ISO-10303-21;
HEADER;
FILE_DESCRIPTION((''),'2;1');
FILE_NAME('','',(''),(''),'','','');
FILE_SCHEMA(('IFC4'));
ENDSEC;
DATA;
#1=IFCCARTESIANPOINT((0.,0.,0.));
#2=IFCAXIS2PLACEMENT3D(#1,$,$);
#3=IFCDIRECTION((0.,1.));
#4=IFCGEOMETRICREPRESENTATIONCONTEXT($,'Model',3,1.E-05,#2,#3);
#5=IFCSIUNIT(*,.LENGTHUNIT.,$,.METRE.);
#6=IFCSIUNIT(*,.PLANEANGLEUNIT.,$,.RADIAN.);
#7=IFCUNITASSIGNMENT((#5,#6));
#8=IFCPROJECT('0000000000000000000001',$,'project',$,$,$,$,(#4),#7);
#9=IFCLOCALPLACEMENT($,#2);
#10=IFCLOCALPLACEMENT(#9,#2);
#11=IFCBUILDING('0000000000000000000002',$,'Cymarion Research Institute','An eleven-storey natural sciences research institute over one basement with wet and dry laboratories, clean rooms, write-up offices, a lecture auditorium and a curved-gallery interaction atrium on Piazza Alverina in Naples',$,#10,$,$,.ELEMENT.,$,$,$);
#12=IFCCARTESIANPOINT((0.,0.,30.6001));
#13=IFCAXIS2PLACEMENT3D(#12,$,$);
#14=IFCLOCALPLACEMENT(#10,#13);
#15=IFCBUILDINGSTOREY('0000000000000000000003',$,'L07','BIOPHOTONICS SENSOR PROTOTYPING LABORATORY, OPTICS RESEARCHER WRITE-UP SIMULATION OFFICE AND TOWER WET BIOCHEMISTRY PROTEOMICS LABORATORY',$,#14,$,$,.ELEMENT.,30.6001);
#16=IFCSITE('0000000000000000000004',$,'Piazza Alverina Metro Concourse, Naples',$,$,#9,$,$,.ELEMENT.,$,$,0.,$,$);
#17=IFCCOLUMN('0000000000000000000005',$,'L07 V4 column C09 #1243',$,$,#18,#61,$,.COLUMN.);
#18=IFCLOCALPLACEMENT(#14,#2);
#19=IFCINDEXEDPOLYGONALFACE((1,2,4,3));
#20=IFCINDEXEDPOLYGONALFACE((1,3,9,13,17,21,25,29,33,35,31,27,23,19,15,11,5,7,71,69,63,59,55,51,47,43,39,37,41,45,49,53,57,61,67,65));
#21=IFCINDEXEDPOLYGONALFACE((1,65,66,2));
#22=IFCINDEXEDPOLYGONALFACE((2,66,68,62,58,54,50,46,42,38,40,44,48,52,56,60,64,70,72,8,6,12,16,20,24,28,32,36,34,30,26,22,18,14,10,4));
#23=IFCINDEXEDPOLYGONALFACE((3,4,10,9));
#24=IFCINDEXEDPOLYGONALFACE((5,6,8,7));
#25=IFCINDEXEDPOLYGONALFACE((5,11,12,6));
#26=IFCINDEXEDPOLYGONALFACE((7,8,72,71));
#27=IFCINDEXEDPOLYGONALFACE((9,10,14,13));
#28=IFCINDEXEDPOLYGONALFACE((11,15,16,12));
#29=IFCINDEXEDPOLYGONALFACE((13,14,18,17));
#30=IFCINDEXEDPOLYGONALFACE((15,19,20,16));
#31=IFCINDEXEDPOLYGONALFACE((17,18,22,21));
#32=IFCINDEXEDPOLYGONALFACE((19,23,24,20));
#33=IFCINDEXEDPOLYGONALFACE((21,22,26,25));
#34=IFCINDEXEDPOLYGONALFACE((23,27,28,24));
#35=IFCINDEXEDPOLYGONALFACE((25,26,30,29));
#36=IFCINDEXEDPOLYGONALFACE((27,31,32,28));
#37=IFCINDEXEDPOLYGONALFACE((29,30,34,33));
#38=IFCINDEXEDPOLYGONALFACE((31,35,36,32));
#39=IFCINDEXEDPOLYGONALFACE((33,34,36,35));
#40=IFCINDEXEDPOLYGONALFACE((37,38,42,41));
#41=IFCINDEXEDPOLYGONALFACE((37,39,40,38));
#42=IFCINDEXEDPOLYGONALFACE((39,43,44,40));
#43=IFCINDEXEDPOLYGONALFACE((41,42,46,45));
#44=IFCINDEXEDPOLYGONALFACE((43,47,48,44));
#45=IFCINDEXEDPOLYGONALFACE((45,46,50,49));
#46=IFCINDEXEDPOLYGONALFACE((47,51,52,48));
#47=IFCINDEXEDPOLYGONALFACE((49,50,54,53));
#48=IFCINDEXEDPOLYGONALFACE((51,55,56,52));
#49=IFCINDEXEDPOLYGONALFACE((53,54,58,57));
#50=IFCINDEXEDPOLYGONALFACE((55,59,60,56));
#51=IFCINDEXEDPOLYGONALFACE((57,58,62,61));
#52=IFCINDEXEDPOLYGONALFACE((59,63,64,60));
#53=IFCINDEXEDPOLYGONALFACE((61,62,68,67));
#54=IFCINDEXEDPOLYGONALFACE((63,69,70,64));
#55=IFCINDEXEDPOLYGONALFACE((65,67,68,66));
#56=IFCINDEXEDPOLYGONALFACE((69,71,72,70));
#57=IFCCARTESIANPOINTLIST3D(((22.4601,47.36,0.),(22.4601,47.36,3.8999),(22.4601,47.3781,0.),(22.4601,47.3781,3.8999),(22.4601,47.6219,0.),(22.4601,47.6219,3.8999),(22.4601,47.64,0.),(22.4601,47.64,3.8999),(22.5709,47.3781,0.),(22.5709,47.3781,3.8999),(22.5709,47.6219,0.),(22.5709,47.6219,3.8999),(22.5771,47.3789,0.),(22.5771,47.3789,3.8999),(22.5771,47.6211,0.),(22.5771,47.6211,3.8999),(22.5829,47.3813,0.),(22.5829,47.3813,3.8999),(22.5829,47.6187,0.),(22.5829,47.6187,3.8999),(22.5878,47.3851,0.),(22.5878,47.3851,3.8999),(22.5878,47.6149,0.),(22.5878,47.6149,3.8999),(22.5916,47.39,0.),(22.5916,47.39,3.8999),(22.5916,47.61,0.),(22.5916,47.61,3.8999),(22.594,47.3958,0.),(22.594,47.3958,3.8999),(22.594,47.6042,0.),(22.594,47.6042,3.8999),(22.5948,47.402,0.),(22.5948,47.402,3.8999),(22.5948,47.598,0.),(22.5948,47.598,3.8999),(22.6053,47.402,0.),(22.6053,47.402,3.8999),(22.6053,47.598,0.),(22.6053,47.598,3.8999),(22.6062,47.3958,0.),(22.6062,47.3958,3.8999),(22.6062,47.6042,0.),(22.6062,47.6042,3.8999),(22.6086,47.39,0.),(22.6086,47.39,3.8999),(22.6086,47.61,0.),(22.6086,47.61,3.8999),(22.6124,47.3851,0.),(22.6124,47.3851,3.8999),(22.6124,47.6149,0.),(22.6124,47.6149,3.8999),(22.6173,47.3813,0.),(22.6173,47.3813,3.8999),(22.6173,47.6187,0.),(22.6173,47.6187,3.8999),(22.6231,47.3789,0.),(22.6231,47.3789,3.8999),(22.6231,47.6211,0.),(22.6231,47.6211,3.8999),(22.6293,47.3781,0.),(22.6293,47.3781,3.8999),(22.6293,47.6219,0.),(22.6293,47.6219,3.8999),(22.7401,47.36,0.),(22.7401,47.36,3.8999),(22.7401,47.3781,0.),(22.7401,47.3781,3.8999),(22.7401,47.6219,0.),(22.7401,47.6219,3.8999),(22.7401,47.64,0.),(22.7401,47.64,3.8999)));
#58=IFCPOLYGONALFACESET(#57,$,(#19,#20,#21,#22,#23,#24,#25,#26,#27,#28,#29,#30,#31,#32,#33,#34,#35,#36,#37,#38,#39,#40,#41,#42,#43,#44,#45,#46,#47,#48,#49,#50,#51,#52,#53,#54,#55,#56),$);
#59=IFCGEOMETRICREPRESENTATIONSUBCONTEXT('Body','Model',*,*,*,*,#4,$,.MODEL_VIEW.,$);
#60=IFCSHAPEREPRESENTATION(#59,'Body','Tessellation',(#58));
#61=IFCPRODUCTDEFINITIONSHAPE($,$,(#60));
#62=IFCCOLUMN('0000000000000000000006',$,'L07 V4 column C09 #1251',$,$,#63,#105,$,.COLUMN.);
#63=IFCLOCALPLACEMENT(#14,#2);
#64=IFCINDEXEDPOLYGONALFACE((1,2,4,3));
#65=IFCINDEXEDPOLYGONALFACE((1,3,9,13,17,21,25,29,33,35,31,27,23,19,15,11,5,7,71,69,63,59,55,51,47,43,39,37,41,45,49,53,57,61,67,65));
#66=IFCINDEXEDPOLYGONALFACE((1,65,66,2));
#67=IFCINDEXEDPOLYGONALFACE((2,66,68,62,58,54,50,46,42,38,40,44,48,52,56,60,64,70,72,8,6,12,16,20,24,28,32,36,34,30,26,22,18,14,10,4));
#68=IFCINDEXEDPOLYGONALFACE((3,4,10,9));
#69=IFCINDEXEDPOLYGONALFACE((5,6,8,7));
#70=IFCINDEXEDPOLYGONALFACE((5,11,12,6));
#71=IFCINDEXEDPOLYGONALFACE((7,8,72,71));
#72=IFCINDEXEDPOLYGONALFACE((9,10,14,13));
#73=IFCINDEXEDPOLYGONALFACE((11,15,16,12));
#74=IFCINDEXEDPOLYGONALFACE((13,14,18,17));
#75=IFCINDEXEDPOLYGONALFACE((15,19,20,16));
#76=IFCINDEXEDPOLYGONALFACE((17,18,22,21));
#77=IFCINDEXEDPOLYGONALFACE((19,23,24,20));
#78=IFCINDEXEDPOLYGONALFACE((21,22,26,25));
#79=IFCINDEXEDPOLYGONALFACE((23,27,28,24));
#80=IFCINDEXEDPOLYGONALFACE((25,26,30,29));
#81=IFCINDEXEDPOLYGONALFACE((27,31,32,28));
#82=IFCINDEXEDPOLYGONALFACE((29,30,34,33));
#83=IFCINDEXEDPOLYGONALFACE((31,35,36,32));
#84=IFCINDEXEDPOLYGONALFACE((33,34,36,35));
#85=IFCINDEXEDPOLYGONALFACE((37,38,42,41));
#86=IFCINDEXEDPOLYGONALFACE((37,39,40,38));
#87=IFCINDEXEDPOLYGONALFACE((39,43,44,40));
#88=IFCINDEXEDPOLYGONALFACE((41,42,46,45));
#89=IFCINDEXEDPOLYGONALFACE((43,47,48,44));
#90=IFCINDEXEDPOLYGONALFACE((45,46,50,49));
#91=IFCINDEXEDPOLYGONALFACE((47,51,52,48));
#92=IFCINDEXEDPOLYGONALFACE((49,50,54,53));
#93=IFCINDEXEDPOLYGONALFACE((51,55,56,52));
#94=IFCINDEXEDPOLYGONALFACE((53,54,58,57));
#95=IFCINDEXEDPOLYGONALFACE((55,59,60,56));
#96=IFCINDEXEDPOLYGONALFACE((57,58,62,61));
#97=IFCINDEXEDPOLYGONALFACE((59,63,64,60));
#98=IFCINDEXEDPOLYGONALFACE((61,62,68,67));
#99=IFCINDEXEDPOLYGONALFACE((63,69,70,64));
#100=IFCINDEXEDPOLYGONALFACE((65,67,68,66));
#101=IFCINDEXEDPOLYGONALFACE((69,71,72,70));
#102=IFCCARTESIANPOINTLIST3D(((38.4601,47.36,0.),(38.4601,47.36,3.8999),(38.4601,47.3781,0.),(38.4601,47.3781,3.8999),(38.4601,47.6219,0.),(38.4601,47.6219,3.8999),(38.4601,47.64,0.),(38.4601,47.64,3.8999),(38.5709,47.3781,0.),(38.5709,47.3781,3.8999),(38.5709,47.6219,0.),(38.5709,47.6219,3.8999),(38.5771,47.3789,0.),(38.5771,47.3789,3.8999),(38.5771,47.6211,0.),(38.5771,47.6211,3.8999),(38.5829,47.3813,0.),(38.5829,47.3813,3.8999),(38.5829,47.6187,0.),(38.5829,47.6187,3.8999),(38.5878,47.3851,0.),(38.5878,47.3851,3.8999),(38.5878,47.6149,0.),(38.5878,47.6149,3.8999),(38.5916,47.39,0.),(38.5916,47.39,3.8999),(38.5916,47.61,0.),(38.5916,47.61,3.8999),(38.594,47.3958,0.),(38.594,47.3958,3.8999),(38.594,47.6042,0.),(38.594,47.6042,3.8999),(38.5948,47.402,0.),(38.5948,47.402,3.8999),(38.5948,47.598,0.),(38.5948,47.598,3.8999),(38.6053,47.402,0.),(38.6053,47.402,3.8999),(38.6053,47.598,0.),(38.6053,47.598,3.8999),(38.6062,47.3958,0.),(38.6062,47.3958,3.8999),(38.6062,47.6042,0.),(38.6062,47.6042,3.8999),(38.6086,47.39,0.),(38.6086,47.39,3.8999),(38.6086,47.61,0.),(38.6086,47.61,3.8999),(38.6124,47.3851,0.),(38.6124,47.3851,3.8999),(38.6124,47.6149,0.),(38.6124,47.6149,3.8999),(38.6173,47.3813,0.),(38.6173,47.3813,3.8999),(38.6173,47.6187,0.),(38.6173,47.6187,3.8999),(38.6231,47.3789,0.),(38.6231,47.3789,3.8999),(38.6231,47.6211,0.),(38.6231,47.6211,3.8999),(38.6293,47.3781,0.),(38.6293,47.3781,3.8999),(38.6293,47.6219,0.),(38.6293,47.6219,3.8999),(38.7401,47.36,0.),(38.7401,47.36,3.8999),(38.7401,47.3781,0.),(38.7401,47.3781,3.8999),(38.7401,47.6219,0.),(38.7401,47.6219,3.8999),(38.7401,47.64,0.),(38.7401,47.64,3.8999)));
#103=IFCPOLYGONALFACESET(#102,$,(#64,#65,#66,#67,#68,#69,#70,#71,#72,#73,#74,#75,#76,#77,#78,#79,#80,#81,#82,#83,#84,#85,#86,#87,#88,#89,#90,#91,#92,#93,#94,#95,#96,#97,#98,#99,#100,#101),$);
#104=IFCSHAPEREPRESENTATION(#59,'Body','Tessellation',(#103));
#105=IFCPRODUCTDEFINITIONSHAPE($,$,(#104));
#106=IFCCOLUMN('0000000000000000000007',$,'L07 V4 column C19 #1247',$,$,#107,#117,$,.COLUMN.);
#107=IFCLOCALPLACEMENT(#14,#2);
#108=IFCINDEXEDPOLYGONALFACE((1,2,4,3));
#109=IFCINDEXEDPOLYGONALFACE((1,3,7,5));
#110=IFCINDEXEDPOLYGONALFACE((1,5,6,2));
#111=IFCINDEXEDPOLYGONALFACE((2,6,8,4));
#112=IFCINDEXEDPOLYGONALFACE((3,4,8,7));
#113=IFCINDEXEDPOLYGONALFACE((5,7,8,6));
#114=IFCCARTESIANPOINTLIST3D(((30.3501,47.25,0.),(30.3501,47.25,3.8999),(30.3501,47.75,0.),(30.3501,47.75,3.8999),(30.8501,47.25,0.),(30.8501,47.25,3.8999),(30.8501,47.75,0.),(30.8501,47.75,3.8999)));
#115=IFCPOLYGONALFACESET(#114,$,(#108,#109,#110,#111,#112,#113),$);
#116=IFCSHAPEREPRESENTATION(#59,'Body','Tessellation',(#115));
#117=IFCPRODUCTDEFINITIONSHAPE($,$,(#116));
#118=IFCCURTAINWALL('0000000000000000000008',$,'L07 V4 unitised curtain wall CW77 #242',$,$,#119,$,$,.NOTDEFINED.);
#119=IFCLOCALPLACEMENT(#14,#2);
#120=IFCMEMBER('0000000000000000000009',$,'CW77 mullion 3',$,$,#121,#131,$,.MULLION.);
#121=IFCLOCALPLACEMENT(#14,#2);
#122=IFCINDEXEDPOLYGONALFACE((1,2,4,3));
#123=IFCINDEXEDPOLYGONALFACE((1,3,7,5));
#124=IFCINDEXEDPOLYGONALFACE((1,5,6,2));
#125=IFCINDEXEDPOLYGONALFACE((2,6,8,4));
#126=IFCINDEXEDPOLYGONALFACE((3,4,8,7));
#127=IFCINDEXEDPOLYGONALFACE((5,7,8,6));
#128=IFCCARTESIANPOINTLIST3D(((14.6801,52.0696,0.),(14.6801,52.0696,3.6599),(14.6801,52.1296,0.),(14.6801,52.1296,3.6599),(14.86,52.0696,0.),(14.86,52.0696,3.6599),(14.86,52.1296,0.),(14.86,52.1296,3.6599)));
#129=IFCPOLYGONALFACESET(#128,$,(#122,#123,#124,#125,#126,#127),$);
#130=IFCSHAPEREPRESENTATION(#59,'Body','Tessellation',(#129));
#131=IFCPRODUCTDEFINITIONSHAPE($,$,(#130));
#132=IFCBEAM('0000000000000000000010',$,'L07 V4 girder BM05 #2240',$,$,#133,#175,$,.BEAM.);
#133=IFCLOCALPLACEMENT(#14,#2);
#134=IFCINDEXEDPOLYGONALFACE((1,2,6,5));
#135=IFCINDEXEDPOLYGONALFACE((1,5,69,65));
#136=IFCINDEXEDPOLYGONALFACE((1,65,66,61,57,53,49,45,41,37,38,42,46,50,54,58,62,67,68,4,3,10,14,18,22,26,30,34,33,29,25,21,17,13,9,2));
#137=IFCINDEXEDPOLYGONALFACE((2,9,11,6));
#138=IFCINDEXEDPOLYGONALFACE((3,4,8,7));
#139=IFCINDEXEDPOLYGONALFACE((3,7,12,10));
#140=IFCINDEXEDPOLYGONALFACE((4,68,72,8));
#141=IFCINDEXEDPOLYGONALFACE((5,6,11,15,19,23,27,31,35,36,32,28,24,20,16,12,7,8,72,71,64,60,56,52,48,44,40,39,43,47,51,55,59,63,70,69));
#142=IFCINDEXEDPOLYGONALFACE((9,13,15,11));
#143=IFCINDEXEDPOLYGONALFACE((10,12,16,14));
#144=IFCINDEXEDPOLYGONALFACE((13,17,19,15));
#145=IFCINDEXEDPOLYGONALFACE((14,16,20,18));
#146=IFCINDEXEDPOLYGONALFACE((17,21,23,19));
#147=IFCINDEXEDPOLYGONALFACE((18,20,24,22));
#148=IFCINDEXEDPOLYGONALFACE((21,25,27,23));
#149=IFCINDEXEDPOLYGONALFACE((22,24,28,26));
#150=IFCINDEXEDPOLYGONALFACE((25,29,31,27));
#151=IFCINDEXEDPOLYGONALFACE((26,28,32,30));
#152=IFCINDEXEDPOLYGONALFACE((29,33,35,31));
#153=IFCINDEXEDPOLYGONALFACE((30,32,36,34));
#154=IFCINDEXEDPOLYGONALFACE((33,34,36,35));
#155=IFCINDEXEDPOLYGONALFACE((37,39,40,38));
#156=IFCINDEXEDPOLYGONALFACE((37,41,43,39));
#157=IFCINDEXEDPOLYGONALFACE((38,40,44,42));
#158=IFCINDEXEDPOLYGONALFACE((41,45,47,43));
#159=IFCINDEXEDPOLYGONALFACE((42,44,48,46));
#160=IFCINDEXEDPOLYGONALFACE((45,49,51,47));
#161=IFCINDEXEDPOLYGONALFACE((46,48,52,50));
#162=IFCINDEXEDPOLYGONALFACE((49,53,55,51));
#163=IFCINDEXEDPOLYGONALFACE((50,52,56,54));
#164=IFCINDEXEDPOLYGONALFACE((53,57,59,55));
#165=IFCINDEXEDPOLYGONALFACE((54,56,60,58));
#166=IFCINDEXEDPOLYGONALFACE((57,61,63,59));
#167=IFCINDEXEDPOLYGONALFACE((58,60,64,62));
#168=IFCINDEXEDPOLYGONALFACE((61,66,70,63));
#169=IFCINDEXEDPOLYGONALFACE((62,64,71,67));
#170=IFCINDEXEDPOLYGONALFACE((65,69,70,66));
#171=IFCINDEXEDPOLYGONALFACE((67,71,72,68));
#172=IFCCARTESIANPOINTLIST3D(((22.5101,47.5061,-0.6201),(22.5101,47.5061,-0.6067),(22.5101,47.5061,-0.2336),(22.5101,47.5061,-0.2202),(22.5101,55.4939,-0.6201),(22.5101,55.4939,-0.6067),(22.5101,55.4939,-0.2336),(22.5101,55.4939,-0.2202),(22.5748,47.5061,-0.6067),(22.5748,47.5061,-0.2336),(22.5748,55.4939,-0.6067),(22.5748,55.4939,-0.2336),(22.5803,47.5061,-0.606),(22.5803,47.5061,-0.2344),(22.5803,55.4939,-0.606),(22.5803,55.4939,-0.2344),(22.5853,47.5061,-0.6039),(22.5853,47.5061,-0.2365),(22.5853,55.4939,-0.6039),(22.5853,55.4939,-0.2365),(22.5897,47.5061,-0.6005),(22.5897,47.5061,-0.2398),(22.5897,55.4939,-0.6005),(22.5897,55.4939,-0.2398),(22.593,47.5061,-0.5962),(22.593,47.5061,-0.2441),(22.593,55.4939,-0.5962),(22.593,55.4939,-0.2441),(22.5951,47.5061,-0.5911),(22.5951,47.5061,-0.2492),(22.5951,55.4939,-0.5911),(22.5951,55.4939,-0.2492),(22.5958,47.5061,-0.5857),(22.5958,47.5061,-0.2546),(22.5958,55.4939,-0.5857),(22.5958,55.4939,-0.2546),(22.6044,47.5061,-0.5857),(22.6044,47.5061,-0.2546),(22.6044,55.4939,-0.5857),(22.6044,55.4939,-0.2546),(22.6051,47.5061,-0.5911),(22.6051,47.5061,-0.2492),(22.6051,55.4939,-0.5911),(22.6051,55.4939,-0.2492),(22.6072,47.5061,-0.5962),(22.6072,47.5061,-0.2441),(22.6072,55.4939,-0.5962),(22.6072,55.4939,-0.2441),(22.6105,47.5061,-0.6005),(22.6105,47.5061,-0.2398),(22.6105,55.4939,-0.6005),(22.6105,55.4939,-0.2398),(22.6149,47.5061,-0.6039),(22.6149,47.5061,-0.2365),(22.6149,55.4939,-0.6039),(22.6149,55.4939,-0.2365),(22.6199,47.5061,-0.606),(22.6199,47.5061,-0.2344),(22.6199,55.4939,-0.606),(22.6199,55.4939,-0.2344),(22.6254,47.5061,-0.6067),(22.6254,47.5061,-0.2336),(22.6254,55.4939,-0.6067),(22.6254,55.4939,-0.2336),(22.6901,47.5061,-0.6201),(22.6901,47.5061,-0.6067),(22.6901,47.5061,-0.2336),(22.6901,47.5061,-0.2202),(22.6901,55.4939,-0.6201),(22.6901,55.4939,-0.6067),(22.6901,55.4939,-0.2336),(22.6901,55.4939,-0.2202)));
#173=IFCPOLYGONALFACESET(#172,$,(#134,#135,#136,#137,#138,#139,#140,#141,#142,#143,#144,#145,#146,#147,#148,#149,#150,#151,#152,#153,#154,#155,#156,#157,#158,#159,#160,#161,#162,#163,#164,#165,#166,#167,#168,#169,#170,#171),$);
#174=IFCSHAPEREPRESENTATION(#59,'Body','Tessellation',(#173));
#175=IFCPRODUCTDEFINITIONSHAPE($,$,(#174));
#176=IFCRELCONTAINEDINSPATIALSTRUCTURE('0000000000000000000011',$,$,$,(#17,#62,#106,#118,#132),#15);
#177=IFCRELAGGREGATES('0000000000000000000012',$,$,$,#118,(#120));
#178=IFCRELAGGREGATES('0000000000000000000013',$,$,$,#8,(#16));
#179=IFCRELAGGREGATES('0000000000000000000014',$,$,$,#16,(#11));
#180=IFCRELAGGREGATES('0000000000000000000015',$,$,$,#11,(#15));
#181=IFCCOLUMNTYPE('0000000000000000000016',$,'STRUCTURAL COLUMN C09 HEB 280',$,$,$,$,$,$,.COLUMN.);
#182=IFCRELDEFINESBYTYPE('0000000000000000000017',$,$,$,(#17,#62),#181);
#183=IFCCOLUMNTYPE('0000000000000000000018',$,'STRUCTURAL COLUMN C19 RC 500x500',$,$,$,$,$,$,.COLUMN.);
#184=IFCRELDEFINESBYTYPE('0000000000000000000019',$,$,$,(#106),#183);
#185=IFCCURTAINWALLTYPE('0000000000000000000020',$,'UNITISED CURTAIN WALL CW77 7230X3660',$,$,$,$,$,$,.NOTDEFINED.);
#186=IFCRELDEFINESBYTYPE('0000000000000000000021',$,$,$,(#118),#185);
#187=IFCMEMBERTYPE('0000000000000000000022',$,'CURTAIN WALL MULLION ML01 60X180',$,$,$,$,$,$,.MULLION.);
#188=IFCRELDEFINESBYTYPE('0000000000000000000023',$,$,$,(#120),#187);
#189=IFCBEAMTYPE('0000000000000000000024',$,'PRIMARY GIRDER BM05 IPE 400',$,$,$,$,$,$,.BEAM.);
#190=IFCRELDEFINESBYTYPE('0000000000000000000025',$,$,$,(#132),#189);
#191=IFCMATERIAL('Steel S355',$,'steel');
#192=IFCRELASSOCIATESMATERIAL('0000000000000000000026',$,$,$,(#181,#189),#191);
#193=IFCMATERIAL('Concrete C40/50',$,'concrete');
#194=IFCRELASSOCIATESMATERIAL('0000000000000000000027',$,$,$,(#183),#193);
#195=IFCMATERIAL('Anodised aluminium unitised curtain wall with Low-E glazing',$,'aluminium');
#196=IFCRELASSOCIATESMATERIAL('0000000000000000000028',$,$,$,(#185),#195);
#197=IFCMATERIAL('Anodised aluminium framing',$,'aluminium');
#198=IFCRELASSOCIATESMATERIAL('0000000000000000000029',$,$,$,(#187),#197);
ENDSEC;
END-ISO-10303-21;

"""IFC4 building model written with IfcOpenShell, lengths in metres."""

from ifc_helpers import new_model, si_unit, direction, frame, origin, origin_2d, place, context, subcontext, project, spatial, rectangle, i_section, extrude, material, material_profile, profile_set, type_object, element, aggregate, save


model = new_model("IFC4")

# Units and contexts
model_context = context("Model", 3, precision=1e-05, world=origin(), true_north=direction((0.0, 1.0)))
body_context = subcontext(model_context, "Body", "Model", "MODEL_VIEW")
ifc_project = project(units=[si_unit("LENGTHUNIT", "METRE"), si_unit("PLANEANGLEUNIT", "RADIAN")], contexts=[model_context])

# Site, building, storey
site_placement = place(None, origin())
site = spatial("IfcSite", under=ifc_project, at=site_placement, Name="Piazza Alverina Metro Concourse, Naples", CompositionType="ELEMENT", RefElevation=0.0)
building_placement = place(site_placement, origin())
building = spatial("IfcBuilding", under=site, at=building_placement, Name="Cymarion Research Institute", Description="An eleven-storey natural sciences research institute over one basement with wet and dry laboratories, clean rooms, write-up offices, a lecture auditorium and a curved-gallery interaction atrium on Piazza Alverina in Naples", CompositionType="ELEMENT")
storey_placement = place(building_placement, frame((0.0, 0.0, 30.6001)))
storey = spatial("IfcBuildingStorey", under=building, at=storey_placement, Name="L07", Description="BIOPHOTONICS SENSOR PROTOTYPING LABORATORY, OPTICS RESEARCHER WRITE-UP SIMULATION OFFICE AND TOWER WET BIOCHEMISTRY PROTEOMICS LABORATORY", CompositionType="ELEMENT", Elevation=30.6001)

# Columns
ifc_material_1 = material(Name="Steel S355", Category="steel")
ifc_material_profile_1 = material_profile(ifc_material_1, i_section(OverallWidth=0.28, OverallDepth=0.28, WebThickness=0.0105, FlangeThickness=0.0181, FilletRadius=0.0239, at=origin_2d()), Name="HEB 280")
ifc_profile_set_1 = profile_set([ifc_material_profile_1], Name="Steel S355")
column_type_1 = type_object("IfcColumnType", Name="STRUCTURAL COLUMN C09 HEB 280", PredefinedType="COLUMN", material=ifc_profile_set_1)
for number, where, z_axis, x_axis, name in (
    (1, (22.6001, 47.5, 0.0), (0.0, 0.0, 1.0), (1.0, 0.0, 0.0), "L07 V4 column C09 #1243"),
    (2, (38.6001, 47.5, 0.0), (0.0, 0.0, 1.0), (1.0, 0.0, 0.0), "L07 V4 column C09 #1251"),
):
    element("IfcColumn", number, at=place(storey_placement, frame(where, z_axis=z_axis, x_axis=x_axis)), inside=storey, type_object=column_type_1, Name=name, PredefinedType="COLUMN", context=body_context, shape_type="SweptSolid", body=[
        extrude(i_section(OverallWidth=0.28, OverallDepth=0.28, WebThickness=0.0105, FlangeThickness=0.0181, FilletRadius=0.0239, at=origin_2d()), origin(), (0.0, 0.0, 1.0), 3.8999),
    ])
ifc_material_2 = material(Name="Concrete C40/50", Category="concrete")
ifc_material_profile_2 = material_profile(ifc_material_2, rectangle(XDim=0.5, YDim=0.5, at=origin_2d()), Name="RC 500x500")
ifc_profile_set_2 = profile_set([ifc_material_profile_2], Name="Concrete C40/50")
column_type_2 = type_object("IfcColumnType", Name="STRUCTURAL COLUMN C19 RC 500x500", PredefinedType="COLUMN", material=ifc_profile_set_2)
column_placement = place(storey_placement, frame((30.6001, 47.5, 0.0), z_axis=(0.0, 0.0, 1.0), x_axis=(1.0, 0.0, 0.0)))
element("IfcColumn", 3, at=column_placement, inside=storey, type_object=column_type_2, Name="L07 V4 column C19 #1247", PredefinedType="COLUMN", context=body_context, shape_type="SweptSolid", body=[
    extrude(rectangle(XDim=0.5, YDim=0.5, at=origin_2d()), origin(), (0.0, 0.0, 1.0), 3.8999),
])

# Curtain wall, member
ifc_material_3 = material(Name="Anodised aluminium unitised curtain wall with Low-E glazing", Category="aluminium")
curtain_wall_type = type_object("IfcCurtainWallType", Name="UNITISED CURTAIN WALL CW77 7230X3660", PredefinedType="NOTDEFINED", material=ifc_material_3)
curtain_wall_placement = place(storey_placement, origin())
curtain_wall = element("IfcCurtainWall", 4, at=curtain_wall_placement, inside=storey, type_object=curtain_wall_type, Name="L07 V4 unitised curtain wall CW77 #242", PredefinedType="NOTDEFINED")
ifc_material_4 = material(Name="Anodised aluminium framing", Category="aluminium")
ifc_material_profile_3 = material_profile(ifc_material_4, rectangle(XDim=0.0601, YDim=0.1799, at=origin_2d()), Name="ALU MULLION 60x180")
ifc_profile_set_3 = profile_set([ifc_material_profile_3], Name="Anodised aluminium framing")
member_type_1 = type_object("IfcMemberType", Name="CURTAIN WALL MULLION ML01 60X180", PredefinedType="MULLION", material=ifc_profile_set_3)
member_1_placement = place(storey_placement, frame((14.77, 52.0996, 0.0), z_axis=(0.0, 0.0, 1.0), x_axis=(0.0, -1.0, 0.0)))
member_1 = element("IfcMember", 5, at=member_1_placement, type_object=member_type_1, Name="CW77 mullion 3", PredefinedType="MULLION", context=body_context, shape_type="SweptSolid", body=[
    extrude(rectangle(XDim=0.0601, YDim=0.1799, at=origin_2d()), origin(), (0.0, 0.0, 1.0), 3.6599),
])
aggregate(curtain_wall, [member_1])

# Beam
ifc_material_profile_4 = material_profile(ifc_material_1, i_section(OverallWidth=0.1799, OverallDepth=0.3999, WebThickness=0.0085, FlangeThickness=0.0134, FilletRadius=0.021, at=origin_2d()), Name="IPE 400")
ifc_profile_set_4 = profile_set([ifc_material_profile_4], Name="Steel S355")
beam_type_1 = type_object("IfcBeamType", Name="PRIMARY GIRDER BM05 IPE 400", PredefinedType="BEAM", material=ifc_profile_set_4)
for number, where, z_axis, x_axis, name in (
    (6, (22.6001, 47.5061, -0.4202), (0.0, 1.0, 0.0), (-1.0, 0.0, 0.0), "L07 V4 girder BM05 #2240"),
):
    element("IfcBeam", number, at=place(storey_placement, frame(where, z_axis=z_axis, x_axis=x_axis)), inside=storey, type_object=beam_type_1, Name=name, PredefinedType="BEAM", context=body_context, shape_type="SweptSolid", body=[
        extrude(i_section(OverallWidth=0.1799, OverallDepth=0.3999, WebThickness=0.0085, FlangeThickness=0.0134, FilletRadius=0.021, at=origin_2d()), origin(), (0.0, 0.0, 1.0), 7.9878),
    ])

save(model, "model.ifc")
